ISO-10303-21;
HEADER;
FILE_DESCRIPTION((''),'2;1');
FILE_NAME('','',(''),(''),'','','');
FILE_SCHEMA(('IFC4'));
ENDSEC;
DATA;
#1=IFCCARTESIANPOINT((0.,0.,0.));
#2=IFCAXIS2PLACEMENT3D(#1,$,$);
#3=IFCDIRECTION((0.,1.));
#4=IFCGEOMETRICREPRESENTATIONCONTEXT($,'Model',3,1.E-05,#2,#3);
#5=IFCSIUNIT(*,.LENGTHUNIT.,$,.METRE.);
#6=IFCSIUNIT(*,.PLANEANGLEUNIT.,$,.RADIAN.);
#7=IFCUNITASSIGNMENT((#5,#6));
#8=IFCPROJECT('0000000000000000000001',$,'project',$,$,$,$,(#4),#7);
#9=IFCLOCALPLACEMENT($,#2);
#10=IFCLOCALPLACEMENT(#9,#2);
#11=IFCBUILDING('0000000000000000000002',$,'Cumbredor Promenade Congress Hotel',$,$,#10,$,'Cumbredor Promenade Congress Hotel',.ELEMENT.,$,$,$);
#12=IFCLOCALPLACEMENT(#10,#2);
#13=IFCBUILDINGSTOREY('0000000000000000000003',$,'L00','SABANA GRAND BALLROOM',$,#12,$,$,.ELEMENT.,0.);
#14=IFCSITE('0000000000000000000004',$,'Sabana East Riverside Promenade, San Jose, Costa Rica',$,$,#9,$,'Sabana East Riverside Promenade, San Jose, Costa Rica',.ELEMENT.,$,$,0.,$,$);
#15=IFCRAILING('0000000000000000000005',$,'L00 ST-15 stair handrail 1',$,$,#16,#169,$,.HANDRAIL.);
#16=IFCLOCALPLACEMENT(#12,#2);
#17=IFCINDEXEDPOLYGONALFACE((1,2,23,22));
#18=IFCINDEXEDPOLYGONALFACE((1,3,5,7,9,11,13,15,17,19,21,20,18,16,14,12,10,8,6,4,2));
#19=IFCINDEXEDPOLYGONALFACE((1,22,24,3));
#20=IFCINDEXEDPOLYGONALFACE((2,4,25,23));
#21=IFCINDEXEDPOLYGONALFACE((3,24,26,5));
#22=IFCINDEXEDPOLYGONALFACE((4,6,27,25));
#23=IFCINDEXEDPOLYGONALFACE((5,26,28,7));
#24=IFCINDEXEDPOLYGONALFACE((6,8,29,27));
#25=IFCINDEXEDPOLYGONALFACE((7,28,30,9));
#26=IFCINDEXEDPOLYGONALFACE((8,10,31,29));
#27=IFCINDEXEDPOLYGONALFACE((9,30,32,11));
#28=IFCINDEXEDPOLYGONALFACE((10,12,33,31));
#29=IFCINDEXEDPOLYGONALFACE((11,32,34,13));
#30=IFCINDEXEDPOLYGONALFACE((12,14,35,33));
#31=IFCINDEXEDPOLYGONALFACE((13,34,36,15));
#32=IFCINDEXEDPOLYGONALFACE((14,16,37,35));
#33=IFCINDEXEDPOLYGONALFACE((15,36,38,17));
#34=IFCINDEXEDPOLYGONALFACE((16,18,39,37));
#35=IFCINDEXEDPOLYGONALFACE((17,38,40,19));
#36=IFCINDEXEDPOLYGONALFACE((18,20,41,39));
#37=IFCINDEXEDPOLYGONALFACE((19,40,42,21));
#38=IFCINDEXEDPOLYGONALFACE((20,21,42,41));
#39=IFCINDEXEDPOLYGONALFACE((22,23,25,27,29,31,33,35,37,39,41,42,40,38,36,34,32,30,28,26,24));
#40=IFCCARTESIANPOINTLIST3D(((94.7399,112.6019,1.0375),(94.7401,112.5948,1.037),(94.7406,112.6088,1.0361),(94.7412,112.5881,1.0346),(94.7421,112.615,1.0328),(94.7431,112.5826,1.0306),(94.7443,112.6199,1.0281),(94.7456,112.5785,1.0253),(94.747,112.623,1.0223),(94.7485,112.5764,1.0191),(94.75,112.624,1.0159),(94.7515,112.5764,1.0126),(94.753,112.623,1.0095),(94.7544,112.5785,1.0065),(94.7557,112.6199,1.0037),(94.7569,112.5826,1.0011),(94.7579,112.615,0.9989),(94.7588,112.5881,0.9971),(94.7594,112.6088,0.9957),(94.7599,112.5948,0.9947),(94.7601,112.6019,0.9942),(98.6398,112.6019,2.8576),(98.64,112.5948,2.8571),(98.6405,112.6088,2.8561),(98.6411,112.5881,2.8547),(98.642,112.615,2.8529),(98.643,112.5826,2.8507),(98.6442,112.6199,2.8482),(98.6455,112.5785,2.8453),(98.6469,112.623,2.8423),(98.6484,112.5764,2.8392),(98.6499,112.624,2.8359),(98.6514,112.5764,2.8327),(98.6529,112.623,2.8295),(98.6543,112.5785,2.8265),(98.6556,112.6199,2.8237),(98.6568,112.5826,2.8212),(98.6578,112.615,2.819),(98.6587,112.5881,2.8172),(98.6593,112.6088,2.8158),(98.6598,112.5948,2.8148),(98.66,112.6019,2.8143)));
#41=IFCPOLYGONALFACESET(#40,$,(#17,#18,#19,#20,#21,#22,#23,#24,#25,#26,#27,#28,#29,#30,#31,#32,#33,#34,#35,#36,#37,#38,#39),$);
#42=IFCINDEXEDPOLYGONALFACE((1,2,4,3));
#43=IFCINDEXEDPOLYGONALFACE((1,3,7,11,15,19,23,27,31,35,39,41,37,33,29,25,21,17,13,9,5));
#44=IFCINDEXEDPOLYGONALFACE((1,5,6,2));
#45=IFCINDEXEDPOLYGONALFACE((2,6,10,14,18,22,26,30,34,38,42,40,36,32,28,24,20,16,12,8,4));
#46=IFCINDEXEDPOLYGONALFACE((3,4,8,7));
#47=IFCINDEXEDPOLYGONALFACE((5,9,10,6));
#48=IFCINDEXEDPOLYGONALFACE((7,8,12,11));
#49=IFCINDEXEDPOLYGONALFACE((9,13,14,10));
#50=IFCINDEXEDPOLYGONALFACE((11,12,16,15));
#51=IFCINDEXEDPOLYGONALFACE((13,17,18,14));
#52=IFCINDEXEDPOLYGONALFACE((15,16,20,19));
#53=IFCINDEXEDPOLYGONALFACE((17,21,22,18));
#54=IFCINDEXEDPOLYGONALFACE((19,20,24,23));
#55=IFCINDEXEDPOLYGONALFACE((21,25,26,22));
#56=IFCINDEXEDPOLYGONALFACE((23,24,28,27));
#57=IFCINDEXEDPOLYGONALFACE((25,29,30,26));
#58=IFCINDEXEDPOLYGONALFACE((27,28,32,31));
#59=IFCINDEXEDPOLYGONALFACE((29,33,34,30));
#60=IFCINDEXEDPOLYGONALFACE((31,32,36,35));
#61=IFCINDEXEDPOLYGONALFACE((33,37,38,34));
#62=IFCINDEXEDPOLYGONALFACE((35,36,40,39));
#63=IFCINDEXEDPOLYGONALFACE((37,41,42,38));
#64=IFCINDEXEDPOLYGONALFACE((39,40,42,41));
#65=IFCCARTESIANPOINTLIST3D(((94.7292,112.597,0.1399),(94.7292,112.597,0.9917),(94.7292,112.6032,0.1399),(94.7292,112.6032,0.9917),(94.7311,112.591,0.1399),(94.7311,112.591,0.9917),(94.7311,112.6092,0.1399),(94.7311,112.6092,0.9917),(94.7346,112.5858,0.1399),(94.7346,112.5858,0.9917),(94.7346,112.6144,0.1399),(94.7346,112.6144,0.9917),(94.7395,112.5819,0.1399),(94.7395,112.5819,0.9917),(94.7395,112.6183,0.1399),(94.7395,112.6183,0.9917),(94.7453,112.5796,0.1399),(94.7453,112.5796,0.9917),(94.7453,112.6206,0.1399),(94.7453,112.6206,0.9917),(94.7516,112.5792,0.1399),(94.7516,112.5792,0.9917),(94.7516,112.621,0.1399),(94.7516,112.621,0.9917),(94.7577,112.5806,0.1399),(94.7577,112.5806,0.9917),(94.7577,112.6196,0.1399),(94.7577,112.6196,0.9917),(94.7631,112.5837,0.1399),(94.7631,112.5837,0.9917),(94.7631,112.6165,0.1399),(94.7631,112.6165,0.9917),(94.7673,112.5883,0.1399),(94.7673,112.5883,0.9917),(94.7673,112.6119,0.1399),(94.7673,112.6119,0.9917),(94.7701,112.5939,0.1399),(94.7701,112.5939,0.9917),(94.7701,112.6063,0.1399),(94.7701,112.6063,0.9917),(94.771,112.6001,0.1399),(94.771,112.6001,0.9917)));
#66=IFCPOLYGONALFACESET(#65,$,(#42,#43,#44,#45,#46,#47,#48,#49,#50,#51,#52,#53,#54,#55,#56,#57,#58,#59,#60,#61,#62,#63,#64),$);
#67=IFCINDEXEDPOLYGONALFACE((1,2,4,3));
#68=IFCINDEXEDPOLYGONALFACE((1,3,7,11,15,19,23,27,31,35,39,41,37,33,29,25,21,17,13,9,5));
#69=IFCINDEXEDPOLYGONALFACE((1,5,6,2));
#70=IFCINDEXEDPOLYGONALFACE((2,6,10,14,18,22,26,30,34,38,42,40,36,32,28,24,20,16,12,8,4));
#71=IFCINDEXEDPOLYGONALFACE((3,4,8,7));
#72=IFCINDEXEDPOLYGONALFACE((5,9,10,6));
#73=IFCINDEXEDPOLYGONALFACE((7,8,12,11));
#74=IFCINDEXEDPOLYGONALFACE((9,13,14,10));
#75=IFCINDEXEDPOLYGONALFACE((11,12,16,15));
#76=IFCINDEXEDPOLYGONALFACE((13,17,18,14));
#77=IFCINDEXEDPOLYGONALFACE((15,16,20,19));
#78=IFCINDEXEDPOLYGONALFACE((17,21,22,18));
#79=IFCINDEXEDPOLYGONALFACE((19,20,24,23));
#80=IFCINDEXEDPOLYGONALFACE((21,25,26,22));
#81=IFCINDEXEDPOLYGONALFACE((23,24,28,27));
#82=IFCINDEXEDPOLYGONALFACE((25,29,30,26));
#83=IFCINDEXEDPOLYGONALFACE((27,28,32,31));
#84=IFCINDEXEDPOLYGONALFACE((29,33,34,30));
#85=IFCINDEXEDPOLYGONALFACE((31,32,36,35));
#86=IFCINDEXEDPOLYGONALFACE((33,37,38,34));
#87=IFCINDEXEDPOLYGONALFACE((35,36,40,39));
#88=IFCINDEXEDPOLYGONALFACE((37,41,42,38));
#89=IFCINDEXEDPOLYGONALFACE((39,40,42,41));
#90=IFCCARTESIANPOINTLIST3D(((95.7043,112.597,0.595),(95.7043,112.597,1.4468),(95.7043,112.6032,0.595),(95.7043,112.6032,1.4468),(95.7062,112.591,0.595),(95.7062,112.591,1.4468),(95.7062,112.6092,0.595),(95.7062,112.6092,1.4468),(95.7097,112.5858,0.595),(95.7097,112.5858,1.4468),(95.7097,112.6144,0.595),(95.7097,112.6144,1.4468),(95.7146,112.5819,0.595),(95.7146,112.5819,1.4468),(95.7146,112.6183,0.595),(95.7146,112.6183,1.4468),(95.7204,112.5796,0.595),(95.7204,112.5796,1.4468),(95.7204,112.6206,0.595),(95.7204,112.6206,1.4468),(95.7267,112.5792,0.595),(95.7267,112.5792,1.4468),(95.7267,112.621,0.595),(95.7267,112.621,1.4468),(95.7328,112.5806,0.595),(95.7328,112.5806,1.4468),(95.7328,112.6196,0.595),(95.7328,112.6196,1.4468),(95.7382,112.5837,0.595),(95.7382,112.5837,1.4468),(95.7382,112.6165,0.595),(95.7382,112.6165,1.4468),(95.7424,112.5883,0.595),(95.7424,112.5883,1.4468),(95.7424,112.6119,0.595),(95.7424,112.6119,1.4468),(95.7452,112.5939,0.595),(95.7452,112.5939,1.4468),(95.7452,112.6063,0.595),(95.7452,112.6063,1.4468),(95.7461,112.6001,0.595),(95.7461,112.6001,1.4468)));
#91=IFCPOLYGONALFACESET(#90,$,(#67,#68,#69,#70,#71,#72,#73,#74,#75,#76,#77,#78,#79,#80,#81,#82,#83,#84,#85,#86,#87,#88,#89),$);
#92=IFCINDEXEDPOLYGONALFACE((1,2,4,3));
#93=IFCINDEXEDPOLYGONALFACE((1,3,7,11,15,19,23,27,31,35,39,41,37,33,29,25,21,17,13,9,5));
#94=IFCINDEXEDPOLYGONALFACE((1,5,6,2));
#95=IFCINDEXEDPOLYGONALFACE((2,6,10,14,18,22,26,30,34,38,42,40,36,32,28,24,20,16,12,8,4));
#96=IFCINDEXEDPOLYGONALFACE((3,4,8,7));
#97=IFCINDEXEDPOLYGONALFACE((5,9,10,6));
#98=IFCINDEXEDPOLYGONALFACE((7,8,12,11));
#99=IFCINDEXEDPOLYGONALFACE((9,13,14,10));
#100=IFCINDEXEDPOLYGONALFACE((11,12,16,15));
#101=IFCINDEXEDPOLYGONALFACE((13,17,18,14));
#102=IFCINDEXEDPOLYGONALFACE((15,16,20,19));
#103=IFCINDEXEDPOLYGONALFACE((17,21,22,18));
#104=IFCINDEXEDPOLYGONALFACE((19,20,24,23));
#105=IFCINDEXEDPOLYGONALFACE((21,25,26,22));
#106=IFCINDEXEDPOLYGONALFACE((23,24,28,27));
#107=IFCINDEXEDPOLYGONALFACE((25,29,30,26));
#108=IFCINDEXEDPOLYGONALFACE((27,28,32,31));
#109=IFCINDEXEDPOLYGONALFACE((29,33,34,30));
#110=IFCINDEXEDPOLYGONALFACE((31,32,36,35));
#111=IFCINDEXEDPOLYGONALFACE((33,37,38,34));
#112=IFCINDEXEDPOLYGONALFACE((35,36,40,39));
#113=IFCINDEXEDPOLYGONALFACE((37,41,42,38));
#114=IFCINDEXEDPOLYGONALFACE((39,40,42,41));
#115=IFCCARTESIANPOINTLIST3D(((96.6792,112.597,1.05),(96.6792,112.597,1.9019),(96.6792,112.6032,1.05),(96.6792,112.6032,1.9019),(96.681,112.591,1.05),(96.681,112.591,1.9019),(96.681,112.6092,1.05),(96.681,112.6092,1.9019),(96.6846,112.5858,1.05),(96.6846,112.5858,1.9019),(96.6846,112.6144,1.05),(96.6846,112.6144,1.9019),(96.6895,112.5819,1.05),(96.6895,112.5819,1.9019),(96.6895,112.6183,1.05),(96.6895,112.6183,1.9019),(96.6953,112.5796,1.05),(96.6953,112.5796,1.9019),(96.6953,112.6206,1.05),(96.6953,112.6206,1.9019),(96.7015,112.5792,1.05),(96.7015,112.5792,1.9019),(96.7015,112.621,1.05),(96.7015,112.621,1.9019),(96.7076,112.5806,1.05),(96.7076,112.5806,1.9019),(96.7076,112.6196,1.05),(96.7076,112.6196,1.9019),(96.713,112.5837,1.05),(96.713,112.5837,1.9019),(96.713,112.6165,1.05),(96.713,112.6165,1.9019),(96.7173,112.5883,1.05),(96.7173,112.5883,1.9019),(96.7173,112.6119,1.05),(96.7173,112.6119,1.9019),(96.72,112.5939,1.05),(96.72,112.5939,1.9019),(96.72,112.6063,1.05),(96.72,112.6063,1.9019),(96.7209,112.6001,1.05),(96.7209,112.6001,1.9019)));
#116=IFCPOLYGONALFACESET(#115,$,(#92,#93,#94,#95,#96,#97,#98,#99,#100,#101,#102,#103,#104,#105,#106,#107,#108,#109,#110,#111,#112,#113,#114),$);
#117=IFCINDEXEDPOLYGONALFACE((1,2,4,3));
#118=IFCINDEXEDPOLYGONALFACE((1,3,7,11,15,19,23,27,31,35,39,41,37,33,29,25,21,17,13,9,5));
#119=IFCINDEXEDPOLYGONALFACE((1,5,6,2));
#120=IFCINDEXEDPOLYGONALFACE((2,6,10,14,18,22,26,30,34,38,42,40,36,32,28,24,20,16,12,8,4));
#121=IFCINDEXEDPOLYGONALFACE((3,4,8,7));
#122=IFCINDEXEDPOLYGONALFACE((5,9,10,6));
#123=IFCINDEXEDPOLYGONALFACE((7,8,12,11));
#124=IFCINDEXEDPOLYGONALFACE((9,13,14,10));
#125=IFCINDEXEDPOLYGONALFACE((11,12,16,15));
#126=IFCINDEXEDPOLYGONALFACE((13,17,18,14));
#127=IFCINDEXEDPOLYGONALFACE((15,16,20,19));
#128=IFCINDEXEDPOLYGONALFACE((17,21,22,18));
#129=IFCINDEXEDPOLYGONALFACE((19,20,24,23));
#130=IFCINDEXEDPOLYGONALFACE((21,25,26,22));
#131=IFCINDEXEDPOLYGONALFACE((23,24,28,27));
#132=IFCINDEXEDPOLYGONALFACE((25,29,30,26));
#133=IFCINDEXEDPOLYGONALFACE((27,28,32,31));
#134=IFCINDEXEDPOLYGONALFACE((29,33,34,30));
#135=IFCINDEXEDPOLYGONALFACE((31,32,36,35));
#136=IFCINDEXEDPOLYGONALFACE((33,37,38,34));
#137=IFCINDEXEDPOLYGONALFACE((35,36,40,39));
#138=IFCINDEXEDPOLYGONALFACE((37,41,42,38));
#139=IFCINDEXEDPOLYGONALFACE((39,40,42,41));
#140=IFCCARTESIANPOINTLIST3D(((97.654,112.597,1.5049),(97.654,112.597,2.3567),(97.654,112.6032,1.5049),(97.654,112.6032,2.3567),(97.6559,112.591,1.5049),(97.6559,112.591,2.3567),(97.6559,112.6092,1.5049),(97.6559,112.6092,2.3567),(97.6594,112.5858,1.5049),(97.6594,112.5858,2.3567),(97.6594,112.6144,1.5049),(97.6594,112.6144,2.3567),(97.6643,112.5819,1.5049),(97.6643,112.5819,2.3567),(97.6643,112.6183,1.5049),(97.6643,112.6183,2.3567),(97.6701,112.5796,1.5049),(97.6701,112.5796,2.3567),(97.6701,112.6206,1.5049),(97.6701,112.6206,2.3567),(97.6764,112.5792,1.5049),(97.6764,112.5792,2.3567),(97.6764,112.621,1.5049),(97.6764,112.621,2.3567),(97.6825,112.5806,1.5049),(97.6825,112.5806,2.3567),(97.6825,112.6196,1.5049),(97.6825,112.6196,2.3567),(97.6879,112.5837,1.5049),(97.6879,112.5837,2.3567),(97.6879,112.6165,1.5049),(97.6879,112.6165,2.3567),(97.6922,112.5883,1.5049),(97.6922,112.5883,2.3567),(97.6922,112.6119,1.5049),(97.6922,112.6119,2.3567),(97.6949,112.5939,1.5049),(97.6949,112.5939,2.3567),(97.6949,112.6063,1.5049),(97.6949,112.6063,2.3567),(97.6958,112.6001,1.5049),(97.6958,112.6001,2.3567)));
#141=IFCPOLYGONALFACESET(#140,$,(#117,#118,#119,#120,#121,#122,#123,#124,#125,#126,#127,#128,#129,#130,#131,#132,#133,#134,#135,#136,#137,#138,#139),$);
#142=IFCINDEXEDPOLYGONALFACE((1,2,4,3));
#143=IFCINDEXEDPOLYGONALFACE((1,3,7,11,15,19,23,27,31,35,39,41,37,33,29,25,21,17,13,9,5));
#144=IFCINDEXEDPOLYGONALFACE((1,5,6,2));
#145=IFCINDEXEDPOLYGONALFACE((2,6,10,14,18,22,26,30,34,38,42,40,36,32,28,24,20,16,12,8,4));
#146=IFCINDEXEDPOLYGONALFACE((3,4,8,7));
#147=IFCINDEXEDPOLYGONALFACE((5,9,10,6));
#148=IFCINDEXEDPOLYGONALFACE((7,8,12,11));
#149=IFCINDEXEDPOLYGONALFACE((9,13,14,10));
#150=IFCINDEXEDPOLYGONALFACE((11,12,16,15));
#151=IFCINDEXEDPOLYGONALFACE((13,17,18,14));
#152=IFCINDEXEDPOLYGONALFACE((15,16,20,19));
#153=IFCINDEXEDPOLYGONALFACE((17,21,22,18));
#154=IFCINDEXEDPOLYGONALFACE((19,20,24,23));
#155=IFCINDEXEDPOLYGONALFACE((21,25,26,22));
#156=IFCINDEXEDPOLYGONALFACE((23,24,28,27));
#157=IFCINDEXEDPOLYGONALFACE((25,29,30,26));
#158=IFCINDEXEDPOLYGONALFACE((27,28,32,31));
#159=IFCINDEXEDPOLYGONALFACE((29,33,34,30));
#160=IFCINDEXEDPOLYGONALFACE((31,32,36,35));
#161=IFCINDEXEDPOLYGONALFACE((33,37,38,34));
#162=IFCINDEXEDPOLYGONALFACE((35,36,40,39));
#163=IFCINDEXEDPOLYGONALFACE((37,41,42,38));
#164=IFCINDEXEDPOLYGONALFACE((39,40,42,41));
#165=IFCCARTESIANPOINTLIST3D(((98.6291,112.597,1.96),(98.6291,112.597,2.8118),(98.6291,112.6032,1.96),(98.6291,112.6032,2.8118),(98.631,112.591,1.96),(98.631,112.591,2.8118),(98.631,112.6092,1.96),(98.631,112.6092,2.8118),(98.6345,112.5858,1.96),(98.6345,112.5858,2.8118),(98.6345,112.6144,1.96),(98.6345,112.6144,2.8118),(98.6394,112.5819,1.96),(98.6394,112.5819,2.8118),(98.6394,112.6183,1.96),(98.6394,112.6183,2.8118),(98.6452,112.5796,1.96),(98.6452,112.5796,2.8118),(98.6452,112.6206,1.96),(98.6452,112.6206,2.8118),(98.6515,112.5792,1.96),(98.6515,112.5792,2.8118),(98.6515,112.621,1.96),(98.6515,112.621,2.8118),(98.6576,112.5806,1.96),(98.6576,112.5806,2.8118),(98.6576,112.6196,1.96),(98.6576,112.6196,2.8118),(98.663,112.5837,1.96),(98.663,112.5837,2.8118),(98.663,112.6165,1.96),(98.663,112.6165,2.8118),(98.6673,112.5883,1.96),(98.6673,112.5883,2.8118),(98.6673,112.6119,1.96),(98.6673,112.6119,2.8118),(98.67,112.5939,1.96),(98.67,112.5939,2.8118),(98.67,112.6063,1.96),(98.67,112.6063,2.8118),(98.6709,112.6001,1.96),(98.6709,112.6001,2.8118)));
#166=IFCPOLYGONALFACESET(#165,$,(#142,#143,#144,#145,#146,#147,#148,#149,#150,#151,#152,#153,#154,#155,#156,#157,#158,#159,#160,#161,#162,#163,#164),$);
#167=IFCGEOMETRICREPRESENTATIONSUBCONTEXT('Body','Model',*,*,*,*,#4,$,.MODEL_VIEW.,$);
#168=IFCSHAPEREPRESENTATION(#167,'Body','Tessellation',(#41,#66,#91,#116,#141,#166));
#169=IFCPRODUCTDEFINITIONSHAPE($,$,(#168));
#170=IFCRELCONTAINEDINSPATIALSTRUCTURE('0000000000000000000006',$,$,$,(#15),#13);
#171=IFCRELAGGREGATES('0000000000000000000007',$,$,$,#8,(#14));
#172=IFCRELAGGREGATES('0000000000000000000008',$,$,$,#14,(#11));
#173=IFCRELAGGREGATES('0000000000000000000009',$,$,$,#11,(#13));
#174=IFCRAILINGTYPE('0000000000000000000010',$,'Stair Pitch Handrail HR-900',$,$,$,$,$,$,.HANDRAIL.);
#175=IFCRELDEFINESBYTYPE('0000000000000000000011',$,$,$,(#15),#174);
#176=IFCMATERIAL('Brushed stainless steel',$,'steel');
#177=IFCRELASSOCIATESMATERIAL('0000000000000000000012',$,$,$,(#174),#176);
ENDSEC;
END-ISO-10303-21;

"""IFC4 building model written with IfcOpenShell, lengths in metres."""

from ifc_helpers import new_model, si_unit, direction, frame, origin, origin_2d, place, context, subcontext, project, spatial, circle, extrude, material, type_object, element, save


model = new_model("IFC4")

# Units and contexts
model_context = context("Model", 3, precision=1e-05, world=origin(), true_north=direction((0.0, 1.0)))
body_context = subcontext(model_context, "Body", "Model", "MODEL_VIEW")
ifc_project = project(units=[si_unit("LENGTHUNIT", "METRE"), si_unit("PLANEANGLEUNIT", "RADIAN")], contexts=[model_context])

# Site, building, storey
site_placement = place(None, origin())
site = spatial("IfcSite", under=ifc_project, at=site_placement, Name="Sabana East Riverside Promenade, San Jose, Costa Rica", LongName="Sabana East Riverside Promenade, San Jose, Costa Rica", CompositionType="ELEMENT", RefElevation=0.0)
building_placement = place(site_placement, origin())
building = spatial("IfcBuilding", under=site, at=building_placement, Name="Cumbredor Promenade Congress Hotel", LongName="Cumbredor Promenade Congress Hotel", CompositionType="ELEMENT")
storey_placement = place(building_placement, origin())
storey = spatial("IfcBuildingStorey", under=building, at=storey_placement, Name="L00", Description="SABANA GRAND BALLROOM", CompositionType="ELEMENT", Elevation=0.0)

# Railing
ifc_material_1 = material(Name="Brushed stainless steel", Category="steel")
railing_type_1 = type_object("IfcRailingType", Name="Stair Pitch Handrail HR-900", PredefinedType="HANDRAIL", material=ifc_material_1)
railing_1_placement = place(storey_placement, frame((94.75, 112.6001, 0.1399)))
element("IfcRailing", 1, at=railing_1_placement, inside=storey, type_object=railing_type_1, Name="L00 ST-15 stair handrail 1", PredefinedType="HANDRAIL", context=body_context, shape_type="SweptSolid", body=[
    extrude(circle(Radius=0.0239, at=origin_2d()), frame((0.0, 0.0, 0.876), z_axis=(0.906173, 0.0, 0.422907), x_axis=(0.0, 1.0, 0.0)), (0.0, 0.0, 1.0), 4.3037),
    extrude(circle(Radius=0.021, at=origin_2d()), origin(), (0.0, 0.0, 1.0), 0.8518),
    extrude(circle(Radius=0.021, at=origin_2d()), frame((0.9751, 0.0, 0.4551)), (0.0, 0.0, 1.0), 0.8518),
    extrude(circle(Radius=0.021, at=origin_2d()), frame((1.95, 0.0, 0.9102)), (0.0, 0.0, 1.0), 0.8518),
    extrude(circle(Radius=0.021, at=origin_2d()), frame((2.9248, 0.0, 1.365)), (0.0, 0.0, 1.0), 0.8518),
    extrude(circle(Radius=0.021, at=origin_2d()), frame((3.8999, 0.0, 1.8201)), (0.0, 0.0, 1.0), 0.8518),
])

save(model, "model.ifc")
